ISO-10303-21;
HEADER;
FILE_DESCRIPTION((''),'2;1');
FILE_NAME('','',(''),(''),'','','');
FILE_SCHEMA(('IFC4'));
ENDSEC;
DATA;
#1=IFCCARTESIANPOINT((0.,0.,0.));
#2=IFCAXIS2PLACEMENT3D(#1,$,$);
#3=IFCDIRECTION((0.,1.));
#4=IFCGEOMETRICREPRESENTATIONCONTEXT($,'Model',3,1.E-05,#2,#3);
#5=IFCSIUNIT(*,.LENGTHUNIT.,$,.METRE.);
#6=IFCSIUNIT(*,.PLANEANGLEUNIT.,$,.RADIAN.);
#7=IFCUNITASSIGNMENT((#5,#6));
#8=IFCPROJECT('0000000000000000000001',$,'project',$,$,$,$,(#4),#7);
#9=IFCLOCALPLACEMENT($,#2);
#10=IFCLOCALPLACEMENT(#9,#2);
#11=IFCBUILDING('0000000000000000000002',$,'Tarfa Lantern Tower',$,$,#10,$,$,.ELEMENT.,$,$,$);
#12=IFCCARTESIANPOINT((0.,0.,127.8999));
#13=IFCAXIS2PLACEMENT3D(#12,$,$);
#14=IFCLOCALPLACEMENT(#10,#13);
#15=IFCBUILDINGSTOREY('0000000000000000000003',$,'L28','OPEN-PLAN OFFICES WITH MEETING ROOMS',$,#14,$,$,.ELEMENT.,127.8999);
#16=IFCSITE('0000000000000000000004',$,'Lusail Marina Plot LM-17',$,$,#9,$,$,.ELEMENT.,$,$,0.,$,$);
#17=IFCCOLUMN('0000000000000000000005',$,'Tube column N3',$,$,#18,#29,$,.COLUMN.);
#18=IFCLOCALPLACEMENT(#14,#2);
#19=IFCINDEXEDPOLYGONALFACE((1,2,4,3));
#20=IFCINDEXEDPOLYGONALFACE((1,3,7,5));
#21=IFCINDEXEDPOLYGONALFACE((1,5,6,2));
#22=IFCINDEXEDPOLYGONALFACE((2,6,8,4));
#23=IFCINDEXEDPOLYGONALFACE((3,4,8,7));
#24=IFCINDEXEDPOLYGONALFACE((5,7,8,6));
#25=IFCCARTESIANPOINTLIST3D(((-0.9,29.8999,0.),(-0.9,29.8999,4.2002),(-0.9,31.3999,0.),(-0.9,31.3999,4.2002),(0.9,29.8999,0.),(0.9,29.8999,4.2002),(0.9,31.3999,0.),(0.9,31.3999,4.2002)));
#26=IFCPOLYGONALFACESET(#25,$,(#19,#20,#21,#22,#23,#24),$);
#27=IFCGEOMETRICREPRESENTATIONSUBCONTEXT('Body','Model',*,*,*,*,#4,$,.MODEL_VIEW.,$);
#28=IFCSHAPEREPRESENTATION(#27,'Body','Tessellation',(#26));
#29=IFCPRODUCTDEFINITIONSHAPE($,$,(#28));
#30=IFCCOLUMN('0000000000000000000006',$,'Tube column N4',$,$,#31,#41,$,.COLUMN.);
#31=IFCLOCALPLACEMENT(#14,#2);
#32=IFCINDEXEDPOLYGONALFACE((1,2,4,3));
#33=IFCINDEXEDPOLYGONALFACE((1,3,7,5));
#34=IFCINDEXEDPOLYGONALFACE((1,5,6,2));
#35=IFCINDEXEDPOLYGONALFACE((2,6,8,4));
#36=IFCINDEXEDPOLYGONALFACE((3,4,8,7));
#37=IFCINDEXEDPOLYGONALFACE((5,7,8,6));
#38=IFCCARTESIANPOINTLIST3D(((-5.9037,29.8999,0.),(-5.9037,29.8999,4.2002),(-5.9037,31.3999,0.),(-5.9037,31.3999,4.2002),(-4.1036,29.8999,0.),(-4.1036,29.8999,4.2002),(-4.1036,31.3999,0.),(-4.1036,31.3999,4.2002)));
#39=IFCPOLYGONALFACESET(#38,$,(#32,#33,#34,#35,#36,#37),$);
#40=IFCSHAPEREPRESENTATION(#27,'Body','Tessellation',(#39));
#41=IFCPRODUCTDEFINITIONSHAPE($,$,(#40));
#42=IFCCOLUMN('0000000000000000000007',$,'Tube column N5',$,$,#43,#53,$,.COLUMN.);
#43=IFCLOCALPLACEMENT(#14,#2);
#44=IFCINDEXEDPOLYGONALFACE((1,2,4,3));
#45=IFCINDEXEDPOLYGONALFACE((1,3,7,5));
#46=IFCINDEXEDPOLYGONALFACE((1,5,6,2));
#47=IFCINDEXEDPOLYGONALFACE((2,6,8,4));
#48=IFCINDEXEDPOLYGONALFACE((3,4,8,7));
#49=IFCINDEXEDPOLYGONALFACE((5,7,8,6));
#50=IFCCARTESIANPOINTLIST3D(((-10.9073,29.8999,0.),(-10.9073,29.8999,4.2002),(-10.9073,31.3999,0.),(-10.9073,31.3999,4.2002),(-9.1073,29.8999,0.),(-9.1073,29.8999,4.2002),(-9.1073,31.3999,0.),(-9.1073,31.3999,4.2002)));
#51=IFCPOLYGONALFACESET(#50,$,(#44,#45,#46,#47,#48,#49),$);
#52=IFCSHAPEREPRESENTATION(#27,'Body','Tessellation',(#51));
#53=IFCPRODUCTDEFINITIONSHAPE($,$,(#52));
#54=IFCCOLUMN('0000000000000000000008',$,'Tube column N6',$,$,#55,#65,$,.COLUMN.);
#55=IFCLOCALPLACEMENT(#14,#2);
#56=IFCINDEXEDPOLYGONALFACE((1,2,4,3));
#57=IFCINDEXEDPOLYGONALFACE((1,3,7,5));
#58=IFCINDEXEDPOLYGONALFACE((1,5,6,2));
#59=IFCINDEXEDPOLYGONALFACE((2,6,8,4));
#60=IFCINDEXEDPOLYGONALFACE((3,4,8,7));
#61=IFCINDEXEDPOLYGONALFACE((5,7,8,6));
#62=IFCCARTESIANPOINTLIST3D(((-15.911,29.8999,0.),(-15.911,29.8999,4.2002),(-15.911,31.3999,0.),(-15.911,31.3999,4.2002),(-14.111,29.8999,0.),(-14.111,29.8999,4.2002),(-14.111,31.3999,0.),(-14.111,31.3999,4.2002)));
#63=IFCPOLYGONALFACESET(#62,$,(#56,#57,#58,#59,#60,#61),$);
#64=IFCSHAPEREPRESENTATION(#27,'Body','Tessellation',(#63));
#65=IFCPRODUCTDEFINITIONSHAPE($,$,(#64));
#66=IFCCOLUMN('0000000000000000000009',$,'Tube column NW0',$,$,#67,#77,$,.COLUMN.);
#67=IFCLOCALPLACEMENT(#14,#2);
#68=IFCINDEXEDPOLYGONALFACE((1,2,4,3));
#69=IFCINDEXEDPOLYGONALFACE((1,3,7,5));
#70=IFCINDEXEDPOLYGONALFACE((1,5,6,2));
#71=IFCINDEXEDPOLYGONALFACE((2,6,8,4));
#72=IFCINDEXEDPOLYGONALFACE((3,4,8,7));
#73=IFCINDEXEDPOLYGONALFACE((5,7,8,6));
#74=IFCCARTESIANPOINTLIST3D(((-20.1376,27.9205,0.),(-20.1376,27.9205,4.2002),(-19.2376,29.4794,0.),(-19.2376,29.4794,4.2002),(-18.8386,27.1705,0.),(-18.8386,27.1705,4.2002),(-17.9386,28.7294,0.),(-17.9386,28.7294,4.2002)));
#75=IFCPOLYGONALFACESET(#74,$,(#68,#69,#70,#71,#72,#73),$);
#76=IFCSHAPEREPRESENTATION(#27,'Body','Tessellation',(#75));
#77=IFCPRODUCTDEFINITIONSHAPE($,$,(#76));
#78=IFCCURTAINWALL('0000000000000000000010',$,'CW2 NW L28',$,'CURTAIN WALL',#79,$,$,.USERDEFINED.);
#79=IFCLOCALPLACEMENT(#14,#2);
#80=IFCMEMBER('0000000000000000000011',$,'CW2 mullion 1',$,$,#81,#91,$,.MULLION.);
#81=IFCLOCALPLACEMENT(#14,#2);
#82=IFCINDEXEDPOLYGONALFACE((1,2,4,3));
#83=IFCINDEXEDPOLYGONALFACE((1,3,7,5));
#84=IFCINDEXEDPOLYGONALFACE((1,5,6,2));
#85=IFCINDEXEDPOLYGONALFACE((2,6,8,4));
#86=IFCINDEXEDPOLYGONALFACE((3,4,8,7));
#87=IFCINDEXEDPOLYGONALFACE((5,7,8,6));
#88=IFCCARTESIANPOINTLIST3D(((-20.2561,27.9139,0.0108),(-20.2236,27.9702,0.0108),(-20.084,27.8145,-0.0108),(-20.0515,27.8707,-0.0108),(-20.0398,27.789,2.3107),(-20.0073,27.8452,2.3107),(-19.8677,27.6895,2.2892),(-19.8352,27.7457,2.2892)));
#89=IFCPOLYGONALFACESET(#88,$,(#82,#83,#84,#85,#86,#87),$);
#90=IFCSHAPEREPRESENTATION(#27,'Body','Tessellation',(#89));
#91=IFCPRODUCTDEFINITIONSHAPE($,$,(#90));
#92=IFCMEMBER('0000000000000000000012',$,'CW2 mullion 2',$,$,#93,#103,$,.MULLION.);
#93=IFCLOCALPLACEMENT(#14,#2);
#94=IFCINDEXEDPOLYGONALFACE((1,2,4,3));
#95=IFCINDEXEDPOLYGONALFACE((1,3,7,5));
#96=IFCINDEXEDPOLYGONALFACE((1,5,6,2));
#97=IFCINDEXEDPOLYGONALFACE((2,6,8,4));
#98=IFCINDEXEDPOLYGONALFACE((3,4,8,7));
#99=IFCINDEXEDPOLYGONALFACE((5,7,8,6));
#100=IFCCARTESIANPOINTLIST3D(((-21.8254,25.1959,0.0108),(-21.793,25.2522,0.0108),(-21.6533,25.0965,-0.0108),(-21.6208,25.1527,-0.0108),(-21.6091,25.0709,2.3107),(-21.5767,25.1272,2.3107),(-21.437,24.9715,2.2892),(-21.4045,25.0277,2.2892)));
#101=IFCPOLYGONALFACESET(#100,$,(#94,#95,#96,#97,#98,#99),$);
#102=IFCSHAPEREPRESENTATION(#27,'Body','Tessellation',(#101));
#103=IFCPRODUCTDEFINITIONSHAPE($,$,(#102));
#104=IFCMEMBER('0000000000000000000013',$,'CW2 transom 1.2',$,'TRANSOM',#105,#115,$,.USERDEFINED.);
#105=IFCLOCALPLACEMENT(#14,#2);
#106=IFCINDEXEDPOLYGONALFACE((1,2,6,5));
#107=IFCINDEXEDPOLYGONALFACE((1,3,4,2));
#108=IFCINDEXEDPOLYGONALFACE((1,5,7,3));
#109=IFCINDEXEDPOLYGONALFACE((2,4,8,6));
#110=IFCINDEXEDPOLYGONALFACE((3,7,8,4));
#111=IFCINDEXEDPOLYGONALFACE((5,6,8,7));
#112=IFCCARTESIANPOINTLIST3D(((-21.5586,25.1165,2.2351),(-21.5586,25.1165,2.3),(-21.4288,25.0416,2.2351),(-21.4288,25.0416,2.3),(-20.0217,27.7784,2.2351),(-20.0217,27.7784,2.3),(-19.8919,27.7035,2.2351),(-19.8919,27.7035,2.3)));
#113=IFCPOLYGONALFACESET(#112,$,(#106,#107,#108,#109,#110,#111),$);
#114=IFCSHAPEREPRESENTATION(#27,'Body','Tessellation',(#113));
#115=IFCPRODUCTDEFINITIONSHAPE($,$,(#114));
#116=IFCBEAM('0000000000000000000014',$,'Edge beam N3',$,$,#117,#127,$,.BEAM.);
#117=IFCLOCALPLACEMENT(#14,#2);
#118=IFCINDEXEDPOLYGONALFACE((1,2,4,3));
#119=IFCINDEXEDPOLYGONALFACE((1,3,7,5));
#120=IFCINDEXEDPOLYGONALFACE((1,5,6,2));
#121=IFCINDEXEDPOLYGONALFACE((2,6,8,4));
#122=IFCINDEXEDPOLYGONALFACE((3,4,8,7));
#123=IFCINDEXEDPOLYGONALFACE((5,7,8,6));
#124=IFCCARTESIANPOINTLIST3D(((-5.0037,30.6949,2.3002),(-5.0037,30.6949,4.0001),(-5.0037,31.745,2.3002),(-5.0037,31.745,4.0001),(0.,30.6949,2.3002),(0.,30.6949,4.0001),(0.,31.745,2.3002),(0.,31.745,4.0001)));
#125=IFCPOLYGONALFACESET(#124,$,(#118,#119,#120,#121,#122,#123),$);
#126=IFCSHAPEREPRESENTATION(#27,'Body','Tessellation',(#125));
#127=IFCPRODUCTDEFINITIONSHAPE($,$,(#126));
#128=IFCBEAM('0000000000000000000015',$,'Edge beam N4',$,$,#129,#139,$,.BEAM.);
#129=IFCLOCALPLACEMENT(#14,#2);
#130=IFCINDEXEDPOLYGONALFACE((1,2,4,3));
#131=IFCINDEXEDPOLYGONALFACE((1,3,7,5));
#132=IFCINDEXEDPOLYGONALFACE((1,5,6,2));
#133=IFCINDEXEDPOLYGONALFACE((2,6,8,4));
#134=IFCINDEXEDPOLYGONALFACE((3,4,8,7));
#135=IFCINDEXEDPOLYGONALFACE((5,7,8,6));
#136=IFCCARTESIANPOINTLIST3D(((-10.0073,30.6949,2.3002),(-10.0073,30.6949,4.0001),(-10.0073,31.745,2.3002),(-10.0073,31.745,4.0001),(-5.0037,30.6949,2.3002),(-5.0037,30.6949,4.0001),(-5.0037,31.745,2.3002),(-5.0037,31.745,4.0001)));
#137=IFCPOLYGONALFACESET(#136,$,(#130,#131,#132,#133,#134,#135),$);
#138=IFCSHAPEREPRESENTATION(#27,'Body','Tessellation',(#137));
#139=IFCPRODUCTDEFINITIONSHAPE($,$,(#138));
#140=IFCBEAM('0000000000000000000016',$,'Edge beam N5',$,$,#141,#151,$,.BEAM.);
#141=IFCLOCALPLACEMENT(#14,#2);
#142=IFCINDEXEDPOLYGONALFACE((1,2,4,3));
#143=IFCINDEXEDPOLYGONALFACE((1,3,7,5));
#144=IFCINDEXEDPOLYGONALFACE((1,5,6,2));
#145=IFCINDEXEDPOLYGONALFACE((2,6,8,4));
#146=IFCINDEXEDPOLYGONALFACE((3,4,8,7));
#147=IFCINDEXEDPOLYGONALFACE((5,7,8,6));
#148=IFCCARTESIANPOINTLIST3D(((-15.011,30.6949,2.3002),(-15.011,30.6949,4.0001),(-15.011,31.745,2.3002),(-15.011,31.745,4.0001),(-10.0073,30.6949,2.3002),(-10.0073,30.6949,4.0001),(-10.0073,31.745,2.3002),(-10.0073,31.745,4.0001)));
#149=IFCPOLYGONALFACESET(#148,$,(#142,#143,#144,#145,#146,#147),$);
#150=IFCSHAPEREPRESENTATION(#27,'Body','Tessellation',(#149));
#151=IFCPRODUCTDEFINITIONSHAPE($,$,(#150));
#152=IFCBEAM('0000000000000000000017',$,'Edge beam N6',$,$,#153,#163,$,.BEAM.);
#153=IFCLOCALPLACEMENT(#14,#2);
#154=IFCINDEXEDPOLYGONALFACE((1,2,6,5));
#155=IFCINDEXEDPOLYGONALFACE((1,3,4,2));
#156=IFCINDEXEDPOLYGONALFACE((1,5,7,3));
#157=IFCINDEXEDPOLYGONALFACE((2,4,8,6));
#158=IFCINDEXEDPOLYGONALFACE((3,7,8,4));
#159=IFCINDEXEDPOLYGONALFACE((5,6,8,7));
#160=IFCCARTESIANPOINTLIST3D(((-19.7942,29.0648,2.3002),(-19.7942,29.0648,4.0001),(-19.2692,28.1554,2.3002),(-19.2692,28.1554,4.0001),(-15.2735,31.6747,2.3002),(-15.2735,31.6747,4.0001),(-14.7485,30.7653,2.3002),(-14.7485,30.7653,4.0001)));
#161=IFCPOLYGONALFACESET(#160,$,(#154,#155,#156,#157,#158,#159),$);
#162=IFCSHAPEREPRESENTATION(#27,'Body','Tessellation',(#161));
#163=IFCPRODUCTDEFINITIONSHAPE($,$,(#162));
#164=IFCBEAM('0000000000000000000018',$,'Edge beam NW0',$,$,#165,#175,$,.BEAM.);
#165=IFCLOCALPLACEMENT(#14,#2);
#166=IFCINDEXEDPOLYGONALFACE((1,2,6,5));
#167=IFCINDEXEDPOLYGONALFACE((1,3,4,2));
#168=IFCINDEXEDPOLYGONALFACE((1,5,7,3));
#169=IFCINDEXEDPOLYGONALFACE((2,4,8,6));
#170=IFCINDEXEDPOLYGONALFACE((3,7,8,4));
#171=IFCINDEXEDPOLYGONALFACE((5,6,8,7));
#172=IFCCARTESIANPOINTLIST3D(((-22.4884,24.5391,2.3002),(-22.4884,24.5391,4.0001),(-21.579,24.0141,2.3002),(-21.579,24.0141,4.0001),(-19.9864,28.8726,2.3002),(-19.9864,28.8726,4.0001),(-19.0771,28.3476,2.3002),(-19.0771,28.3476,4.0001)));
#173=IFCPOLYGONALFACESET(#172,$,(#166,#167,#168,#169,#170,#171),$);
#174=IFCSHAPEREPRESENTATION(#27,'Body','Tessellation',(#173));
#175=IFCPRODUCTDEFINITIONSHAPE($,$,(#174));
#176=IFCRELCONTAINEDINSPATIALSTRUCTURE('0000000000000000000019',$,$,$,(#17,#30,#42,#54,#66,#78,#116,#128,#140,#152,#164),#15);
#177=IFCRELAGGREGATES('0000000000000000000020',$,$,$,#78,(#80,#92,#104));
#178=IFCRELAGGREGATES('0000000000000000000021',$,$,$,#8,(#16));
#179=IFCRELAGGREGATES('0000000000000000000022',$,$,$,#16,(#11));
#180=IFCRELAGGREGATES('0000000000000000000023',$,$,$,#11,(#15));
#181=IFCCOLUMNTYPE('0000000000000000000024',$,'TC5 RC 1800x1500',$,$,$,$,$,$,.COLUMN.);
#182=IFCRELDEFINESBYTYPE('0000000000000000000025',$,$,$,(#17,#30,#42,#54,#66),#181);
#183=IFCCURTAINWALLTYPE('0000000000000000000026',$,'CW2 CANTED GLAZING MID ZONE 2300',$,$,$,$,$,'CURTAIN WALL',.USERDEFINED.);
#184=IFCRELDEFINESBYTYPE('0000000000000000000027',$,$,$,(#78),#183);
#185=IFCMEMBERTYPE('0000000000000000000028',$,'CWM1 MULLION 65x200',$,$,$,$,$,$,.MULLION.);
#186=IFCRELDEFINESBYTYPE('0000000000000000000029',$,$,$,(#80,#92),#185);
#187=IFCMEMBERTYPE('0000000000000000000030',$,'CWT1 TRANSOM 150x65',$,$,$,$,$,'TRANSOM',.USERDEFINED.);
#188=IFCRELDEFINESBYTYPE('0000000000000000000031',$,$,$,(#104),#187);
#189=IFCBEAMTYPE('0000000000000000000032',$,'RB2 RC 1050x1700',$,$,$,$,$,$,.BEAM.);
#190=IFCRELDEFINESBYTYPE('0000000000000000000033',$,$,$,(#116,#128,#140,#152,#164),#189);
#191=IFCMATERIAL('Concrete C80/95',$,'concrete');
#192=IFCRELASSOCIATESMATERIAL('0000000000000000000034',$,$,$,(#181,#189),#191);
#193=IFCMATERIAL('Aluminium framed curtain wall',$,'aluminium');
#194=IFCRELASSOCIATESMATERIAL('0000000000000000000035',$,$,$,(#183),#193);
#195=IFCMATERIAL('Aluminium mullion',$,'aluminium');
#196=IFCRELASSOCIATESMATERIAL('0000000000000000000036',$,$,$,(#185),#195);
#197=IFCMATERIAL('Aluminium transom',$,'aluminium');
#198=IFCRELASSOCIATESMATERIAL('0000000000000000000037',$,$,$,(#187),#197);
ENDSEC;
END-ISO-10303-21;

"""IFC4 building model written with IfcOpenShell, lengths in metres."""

from ifc_helpers import new_model, si_unit, direction, frame, origin, origin_2d, place, context, subcontext, project, spatial, rectangle, extrude, material, material_profile, profile_set, type_object, element, aggregate, save


model = new_model("IFC4")

# Units and contexts
model_context = context("Model", 3, precision=1e-05, world=origin(), true_north=direction((0.0, 1.0)))
body_context = subcontext(model_context, "Body", "Model", "MODEL_VIEW")
ifc_project = project(units=[si_unit("LENGTHUNIT", "METRE"), si_unit("PLANEANGLEUNIT", "RADIAN")], contexts=[model_context])

# Site, building, storey
site_placement = place(None, origin())
site = spatial("IfcSite", under=ifc_project, at=site_placement, Name="Lusail Marina Plot LM-17", CompositionType="ELEMENT", RefElevation=0.0)
building_placement = place(site_placement, origin())
building = spatial("IfcBuilding", under=site, at=building_placement, Name="Tarfa Lantern Tower", CompositionType="ELEMENT")
storey_placement = place(building_placement, frame((0.0, 0.0, 127.8999)))
storey = spatial("IfcBuildingStorey", under=building, at=storey_placement, Name="L28", Description="OPEN-PLAN OFFICES WITH MEETING ROOMS", CompositionType="ELEMENT", Elevation=127.8999)

# Columns
ifc_material_1 = material(Name="Concrete C80/95", Category="concrete")
ifc_material_profile_1 = material_profile(ifc_material_1, rectangle(XDim=1.8, YDim=1.5, at=origin_2d()), Name="RC 1800x1500")
ifc_profile_set_1 = profile_set([ifc_material_profile_1], Name="Concrete C80/95")
column_type = type_object("IfcColumnType", Name="TC5 RC 1800x1500", PredefinedType="COLUMN", material=ifc_profile_set_1)
for number, where, z_axis, x_axis, name in (
    (1, (0.0, 30.6499, 0.0), (0.0, 0.0, 1.0), (-1.0, 0.0, 0.0), "Tube column N3"),
    (2, (-5.0037, 30.6499, 0.0), (0.0, 0.0, 1.0), (-1.0, 0.0, 0.0), "Tube column N4"),
    (3, (-10.0073, 30.6499, 0.0), (0.0, 0.0, 1.0), (-1.0, 0.0, 0.0), "Tube column N5"),
    (4, (-15.011, 30.6499, 0.0), (0.0, 0.0, 1.0), (-1.0, 0.0, 0.0), "Tube column N6"),
    (5, (-19.0381, 28.325, 0.0), (0.0, 0.0, 1.0), (-0.5, -0.866025, 0.0), "Tube column NW0"),
):
    element("IfcColumn", number, at=place(storey_placement, frame(where, z_axis=z_axis, x_axis=x_axis)), inside=storey, type_object=column_type, Name=name, PredefinedType="COLUMN", context=body_context, shape_type="SweptSolid", body=[
        extrude(rectangle(XDim=1.8, YDim=1.5, at=origin_2d()), origin(), (0.0, 0.0, 1.0), 4.2002),
    ])

# Curtain wall, members
ifc_material_2 = material(Name="Aluminium framed curtain wall", Category="aluminium")
curtain_wall_type = type_object("IfcCurtainWallType", Name="CW2 CANTED GLAZING MID ZONE 2300", ElementType="CURTAIN WALL", PredefinedType="USERDEFINED", material=ifc_material_2)
curtain_wall_placement = place(storey_placement, origin())
curtain_wall = element("IfcCurtainWall", 6, at=curtain_wall_placement, inside=storey, type_object=curtain_wall_type, Name="CW2 NW L28", ObjectType="CURTAIN WALL", PredefinedType="USERDEFINED")
ifc_material_3 = material(Name="Aluminium mullion", Category="aluminium")
ifc_material_profile_2 = material_profile(ifc_material_3, rectangle(XDim=0.0649, YDim=0.2, at=origin_2d()), Name="AL MULLION 65x200")
ifc_profile_set_2 = profile_set([ifc_material_profile_2], Name="Aluminium mullion")
member_type_1 = type_object("IfcMemberType", Name="CWM1 MULLION 65x200", PredefinedType="MULLION", material=ifc_profile_set_2)
member_1_placement = place(storey_placement, frame((-20.1538, 27.8923, 0.0), z_axis=(0.093495, -0.054029, 0.994153), x_axis=(0.500343, 0.865827, 0.0)))
member_1 = element("IfcMember", 7, at=member_1_placement, type_object=member_type_1, Name="CW2 mullion 1", PredefinedType="MULLION", context=body_context, shape_type="SweptSolid", body=[
    extrude(rectangle(XDim=0.0649, YDim=0.2, at=origin_2d()), origin(), (0.0, 0.0, 1.0), 2.3135),
])
member_2_placement = place(storey_placement, frame((-21.7231, 25.1743, 0.0), z_axis=(0.093495, -0.054029, 0.994153), x_axis=(0.500343, 0.865827, 0.0)))
member_2 = element("IfcMember", 8, at=member_2_placement, type_object=member_type_1, Name="CW2 mullion 2", PredefinedType="MULLION", context=body_context, shape_type="SweptSolid", body=[
    extrude(rectangle(XDim=0.0649, YDim=0.2, at=origin_2d()), origin(), (0.0, 0.0, 1.0), 2.3135),
])
ifc_material_4 = material(Name="Aluminium transom", Category="aluminium")
ifc_material_profile_3 = material_profile(ifc_material_4, rectangle(XDim=0.1499, YDim=0.0649, at=origin_2d()), Name="AL TRANSOM 150x65")
ifc_profile_set_3 = profile_set([ifc_material_profile_3], Name="Aluminium transom")
member_type_2 = type_object("IfcMemberType", Name="CWT1 TRANSOM 150x65", ElementType="TRANSOM", PredefinedType="USERDEFINED", material=ifc_profile_set_3)
member_3_placement = place(storey_placement, frame((-19.9568, 27.741, 2.2676), z_axis=(-0.500009, -0.86602, 0.0), x_axis=(0.86602, -0.500009, 0.0)))
member_3 = element("IfcMember", 9, at=member_3_placement, type_object=member_type_2, Name="CW2 transom 1.2", ObjectType="TRANSOM", PredefinedType="USERDEFINED", context=body_context, shape_type="SweptSolid", body=[
    extrude(rectangle(XDim=0.1499, YDim=0.0649, at=origin_2d()), origin(), (0.0, 0.0, 1.0), 3.0737),
])

# Beams
ifc_material_profile_4 = material_profile(ifc_material_1, rectangle(XDim=1.05, YDim=1.7, at=origin_2d()), Name="RC 1050x1700")
ifc_profile_set_4 = profile_set([ifc_material_profile_4], Name="Concrete C80/95")
beam_type_1 = type_object("IfcBeamType", Name="RB2 RC 1050x1700", PredefinedType="BEAM", material=ifc_profile_set_4)
for number, where, z_axis, x_axis, name in (
    (10, (0.0, 31.22, 3.1501), (-1.0, 0.0, 0.0), (0.0, -1.0, 0.0), "Edge beam N3"),
    (11, (-5.0037, 31.22, 3.1501), (-1.0, 0.0, 0.0), (0.0, -1.0, 0.0), "Edge beam N4"),
    (12, (-10.0073, 31.22, 3.1501), (-1.0, 0.0, 0.0), (0.0, -1.0, 0.0), "Edge beam N5"),
):
    element("IfcBeam", number, at=place(storey_placement, frame(where, z_axis=z_axis, x_axis=x_axis)), inside=storey, type_object=beam_type_1, Name=name, PredefinedType="BEAM", context=body_context, shape_type="SweptSolid", body=[
        extrude(rectangle(XDim=1.05, YDim=1.7, at=origin_2d()), origin(), (0.0, 0.0, 1.0), 5.0037),
    ])
beam_1_placement = place(storey_placement, frame((-15.011, 31.22, 3.1501), z_axis=(-0.866042, -0.499972, 0.0), x_axis=(0.499972, -0.866042, 0.0)))
element("IfcBeam", 13, at=beam_1_placement, inside=storey, type_object=beam_type_1, Name="Edge beam N6", PredefinedType="BEAM", context=body_context, shape_type="SweptSolid", body=[
    extrude(rectangle(XDim=1.05, YDim=1.7, at=origin_2d()), origin(), (0.0, 0.0, 1.0), 5.22),
])
beam_2_placement = place(storey_placement, frame((-19.5317, 28.6101, 3.1501), z_axis=(-0.500001, -0.866025, 0.0), x_axis=(0.866025, -0.500001, 0.0)))
element("IfcBeam", 14, at=beam_2_placement, inside=storey, type_object=beam_type_1, Name="Edge beam NW0", PredefinedType="BEAM", context=body_context, shape_type="SweptSolid", body=[
    extrude(rectangle(XDim=1.05, YDim=1.7, at=origin_2d()), origin(), (0.0, 0.0, 1.0), 5.0039),
])

aggregate(curtain_wall, [member_1, member_2, member_3])

save(model, "model.ifc")
